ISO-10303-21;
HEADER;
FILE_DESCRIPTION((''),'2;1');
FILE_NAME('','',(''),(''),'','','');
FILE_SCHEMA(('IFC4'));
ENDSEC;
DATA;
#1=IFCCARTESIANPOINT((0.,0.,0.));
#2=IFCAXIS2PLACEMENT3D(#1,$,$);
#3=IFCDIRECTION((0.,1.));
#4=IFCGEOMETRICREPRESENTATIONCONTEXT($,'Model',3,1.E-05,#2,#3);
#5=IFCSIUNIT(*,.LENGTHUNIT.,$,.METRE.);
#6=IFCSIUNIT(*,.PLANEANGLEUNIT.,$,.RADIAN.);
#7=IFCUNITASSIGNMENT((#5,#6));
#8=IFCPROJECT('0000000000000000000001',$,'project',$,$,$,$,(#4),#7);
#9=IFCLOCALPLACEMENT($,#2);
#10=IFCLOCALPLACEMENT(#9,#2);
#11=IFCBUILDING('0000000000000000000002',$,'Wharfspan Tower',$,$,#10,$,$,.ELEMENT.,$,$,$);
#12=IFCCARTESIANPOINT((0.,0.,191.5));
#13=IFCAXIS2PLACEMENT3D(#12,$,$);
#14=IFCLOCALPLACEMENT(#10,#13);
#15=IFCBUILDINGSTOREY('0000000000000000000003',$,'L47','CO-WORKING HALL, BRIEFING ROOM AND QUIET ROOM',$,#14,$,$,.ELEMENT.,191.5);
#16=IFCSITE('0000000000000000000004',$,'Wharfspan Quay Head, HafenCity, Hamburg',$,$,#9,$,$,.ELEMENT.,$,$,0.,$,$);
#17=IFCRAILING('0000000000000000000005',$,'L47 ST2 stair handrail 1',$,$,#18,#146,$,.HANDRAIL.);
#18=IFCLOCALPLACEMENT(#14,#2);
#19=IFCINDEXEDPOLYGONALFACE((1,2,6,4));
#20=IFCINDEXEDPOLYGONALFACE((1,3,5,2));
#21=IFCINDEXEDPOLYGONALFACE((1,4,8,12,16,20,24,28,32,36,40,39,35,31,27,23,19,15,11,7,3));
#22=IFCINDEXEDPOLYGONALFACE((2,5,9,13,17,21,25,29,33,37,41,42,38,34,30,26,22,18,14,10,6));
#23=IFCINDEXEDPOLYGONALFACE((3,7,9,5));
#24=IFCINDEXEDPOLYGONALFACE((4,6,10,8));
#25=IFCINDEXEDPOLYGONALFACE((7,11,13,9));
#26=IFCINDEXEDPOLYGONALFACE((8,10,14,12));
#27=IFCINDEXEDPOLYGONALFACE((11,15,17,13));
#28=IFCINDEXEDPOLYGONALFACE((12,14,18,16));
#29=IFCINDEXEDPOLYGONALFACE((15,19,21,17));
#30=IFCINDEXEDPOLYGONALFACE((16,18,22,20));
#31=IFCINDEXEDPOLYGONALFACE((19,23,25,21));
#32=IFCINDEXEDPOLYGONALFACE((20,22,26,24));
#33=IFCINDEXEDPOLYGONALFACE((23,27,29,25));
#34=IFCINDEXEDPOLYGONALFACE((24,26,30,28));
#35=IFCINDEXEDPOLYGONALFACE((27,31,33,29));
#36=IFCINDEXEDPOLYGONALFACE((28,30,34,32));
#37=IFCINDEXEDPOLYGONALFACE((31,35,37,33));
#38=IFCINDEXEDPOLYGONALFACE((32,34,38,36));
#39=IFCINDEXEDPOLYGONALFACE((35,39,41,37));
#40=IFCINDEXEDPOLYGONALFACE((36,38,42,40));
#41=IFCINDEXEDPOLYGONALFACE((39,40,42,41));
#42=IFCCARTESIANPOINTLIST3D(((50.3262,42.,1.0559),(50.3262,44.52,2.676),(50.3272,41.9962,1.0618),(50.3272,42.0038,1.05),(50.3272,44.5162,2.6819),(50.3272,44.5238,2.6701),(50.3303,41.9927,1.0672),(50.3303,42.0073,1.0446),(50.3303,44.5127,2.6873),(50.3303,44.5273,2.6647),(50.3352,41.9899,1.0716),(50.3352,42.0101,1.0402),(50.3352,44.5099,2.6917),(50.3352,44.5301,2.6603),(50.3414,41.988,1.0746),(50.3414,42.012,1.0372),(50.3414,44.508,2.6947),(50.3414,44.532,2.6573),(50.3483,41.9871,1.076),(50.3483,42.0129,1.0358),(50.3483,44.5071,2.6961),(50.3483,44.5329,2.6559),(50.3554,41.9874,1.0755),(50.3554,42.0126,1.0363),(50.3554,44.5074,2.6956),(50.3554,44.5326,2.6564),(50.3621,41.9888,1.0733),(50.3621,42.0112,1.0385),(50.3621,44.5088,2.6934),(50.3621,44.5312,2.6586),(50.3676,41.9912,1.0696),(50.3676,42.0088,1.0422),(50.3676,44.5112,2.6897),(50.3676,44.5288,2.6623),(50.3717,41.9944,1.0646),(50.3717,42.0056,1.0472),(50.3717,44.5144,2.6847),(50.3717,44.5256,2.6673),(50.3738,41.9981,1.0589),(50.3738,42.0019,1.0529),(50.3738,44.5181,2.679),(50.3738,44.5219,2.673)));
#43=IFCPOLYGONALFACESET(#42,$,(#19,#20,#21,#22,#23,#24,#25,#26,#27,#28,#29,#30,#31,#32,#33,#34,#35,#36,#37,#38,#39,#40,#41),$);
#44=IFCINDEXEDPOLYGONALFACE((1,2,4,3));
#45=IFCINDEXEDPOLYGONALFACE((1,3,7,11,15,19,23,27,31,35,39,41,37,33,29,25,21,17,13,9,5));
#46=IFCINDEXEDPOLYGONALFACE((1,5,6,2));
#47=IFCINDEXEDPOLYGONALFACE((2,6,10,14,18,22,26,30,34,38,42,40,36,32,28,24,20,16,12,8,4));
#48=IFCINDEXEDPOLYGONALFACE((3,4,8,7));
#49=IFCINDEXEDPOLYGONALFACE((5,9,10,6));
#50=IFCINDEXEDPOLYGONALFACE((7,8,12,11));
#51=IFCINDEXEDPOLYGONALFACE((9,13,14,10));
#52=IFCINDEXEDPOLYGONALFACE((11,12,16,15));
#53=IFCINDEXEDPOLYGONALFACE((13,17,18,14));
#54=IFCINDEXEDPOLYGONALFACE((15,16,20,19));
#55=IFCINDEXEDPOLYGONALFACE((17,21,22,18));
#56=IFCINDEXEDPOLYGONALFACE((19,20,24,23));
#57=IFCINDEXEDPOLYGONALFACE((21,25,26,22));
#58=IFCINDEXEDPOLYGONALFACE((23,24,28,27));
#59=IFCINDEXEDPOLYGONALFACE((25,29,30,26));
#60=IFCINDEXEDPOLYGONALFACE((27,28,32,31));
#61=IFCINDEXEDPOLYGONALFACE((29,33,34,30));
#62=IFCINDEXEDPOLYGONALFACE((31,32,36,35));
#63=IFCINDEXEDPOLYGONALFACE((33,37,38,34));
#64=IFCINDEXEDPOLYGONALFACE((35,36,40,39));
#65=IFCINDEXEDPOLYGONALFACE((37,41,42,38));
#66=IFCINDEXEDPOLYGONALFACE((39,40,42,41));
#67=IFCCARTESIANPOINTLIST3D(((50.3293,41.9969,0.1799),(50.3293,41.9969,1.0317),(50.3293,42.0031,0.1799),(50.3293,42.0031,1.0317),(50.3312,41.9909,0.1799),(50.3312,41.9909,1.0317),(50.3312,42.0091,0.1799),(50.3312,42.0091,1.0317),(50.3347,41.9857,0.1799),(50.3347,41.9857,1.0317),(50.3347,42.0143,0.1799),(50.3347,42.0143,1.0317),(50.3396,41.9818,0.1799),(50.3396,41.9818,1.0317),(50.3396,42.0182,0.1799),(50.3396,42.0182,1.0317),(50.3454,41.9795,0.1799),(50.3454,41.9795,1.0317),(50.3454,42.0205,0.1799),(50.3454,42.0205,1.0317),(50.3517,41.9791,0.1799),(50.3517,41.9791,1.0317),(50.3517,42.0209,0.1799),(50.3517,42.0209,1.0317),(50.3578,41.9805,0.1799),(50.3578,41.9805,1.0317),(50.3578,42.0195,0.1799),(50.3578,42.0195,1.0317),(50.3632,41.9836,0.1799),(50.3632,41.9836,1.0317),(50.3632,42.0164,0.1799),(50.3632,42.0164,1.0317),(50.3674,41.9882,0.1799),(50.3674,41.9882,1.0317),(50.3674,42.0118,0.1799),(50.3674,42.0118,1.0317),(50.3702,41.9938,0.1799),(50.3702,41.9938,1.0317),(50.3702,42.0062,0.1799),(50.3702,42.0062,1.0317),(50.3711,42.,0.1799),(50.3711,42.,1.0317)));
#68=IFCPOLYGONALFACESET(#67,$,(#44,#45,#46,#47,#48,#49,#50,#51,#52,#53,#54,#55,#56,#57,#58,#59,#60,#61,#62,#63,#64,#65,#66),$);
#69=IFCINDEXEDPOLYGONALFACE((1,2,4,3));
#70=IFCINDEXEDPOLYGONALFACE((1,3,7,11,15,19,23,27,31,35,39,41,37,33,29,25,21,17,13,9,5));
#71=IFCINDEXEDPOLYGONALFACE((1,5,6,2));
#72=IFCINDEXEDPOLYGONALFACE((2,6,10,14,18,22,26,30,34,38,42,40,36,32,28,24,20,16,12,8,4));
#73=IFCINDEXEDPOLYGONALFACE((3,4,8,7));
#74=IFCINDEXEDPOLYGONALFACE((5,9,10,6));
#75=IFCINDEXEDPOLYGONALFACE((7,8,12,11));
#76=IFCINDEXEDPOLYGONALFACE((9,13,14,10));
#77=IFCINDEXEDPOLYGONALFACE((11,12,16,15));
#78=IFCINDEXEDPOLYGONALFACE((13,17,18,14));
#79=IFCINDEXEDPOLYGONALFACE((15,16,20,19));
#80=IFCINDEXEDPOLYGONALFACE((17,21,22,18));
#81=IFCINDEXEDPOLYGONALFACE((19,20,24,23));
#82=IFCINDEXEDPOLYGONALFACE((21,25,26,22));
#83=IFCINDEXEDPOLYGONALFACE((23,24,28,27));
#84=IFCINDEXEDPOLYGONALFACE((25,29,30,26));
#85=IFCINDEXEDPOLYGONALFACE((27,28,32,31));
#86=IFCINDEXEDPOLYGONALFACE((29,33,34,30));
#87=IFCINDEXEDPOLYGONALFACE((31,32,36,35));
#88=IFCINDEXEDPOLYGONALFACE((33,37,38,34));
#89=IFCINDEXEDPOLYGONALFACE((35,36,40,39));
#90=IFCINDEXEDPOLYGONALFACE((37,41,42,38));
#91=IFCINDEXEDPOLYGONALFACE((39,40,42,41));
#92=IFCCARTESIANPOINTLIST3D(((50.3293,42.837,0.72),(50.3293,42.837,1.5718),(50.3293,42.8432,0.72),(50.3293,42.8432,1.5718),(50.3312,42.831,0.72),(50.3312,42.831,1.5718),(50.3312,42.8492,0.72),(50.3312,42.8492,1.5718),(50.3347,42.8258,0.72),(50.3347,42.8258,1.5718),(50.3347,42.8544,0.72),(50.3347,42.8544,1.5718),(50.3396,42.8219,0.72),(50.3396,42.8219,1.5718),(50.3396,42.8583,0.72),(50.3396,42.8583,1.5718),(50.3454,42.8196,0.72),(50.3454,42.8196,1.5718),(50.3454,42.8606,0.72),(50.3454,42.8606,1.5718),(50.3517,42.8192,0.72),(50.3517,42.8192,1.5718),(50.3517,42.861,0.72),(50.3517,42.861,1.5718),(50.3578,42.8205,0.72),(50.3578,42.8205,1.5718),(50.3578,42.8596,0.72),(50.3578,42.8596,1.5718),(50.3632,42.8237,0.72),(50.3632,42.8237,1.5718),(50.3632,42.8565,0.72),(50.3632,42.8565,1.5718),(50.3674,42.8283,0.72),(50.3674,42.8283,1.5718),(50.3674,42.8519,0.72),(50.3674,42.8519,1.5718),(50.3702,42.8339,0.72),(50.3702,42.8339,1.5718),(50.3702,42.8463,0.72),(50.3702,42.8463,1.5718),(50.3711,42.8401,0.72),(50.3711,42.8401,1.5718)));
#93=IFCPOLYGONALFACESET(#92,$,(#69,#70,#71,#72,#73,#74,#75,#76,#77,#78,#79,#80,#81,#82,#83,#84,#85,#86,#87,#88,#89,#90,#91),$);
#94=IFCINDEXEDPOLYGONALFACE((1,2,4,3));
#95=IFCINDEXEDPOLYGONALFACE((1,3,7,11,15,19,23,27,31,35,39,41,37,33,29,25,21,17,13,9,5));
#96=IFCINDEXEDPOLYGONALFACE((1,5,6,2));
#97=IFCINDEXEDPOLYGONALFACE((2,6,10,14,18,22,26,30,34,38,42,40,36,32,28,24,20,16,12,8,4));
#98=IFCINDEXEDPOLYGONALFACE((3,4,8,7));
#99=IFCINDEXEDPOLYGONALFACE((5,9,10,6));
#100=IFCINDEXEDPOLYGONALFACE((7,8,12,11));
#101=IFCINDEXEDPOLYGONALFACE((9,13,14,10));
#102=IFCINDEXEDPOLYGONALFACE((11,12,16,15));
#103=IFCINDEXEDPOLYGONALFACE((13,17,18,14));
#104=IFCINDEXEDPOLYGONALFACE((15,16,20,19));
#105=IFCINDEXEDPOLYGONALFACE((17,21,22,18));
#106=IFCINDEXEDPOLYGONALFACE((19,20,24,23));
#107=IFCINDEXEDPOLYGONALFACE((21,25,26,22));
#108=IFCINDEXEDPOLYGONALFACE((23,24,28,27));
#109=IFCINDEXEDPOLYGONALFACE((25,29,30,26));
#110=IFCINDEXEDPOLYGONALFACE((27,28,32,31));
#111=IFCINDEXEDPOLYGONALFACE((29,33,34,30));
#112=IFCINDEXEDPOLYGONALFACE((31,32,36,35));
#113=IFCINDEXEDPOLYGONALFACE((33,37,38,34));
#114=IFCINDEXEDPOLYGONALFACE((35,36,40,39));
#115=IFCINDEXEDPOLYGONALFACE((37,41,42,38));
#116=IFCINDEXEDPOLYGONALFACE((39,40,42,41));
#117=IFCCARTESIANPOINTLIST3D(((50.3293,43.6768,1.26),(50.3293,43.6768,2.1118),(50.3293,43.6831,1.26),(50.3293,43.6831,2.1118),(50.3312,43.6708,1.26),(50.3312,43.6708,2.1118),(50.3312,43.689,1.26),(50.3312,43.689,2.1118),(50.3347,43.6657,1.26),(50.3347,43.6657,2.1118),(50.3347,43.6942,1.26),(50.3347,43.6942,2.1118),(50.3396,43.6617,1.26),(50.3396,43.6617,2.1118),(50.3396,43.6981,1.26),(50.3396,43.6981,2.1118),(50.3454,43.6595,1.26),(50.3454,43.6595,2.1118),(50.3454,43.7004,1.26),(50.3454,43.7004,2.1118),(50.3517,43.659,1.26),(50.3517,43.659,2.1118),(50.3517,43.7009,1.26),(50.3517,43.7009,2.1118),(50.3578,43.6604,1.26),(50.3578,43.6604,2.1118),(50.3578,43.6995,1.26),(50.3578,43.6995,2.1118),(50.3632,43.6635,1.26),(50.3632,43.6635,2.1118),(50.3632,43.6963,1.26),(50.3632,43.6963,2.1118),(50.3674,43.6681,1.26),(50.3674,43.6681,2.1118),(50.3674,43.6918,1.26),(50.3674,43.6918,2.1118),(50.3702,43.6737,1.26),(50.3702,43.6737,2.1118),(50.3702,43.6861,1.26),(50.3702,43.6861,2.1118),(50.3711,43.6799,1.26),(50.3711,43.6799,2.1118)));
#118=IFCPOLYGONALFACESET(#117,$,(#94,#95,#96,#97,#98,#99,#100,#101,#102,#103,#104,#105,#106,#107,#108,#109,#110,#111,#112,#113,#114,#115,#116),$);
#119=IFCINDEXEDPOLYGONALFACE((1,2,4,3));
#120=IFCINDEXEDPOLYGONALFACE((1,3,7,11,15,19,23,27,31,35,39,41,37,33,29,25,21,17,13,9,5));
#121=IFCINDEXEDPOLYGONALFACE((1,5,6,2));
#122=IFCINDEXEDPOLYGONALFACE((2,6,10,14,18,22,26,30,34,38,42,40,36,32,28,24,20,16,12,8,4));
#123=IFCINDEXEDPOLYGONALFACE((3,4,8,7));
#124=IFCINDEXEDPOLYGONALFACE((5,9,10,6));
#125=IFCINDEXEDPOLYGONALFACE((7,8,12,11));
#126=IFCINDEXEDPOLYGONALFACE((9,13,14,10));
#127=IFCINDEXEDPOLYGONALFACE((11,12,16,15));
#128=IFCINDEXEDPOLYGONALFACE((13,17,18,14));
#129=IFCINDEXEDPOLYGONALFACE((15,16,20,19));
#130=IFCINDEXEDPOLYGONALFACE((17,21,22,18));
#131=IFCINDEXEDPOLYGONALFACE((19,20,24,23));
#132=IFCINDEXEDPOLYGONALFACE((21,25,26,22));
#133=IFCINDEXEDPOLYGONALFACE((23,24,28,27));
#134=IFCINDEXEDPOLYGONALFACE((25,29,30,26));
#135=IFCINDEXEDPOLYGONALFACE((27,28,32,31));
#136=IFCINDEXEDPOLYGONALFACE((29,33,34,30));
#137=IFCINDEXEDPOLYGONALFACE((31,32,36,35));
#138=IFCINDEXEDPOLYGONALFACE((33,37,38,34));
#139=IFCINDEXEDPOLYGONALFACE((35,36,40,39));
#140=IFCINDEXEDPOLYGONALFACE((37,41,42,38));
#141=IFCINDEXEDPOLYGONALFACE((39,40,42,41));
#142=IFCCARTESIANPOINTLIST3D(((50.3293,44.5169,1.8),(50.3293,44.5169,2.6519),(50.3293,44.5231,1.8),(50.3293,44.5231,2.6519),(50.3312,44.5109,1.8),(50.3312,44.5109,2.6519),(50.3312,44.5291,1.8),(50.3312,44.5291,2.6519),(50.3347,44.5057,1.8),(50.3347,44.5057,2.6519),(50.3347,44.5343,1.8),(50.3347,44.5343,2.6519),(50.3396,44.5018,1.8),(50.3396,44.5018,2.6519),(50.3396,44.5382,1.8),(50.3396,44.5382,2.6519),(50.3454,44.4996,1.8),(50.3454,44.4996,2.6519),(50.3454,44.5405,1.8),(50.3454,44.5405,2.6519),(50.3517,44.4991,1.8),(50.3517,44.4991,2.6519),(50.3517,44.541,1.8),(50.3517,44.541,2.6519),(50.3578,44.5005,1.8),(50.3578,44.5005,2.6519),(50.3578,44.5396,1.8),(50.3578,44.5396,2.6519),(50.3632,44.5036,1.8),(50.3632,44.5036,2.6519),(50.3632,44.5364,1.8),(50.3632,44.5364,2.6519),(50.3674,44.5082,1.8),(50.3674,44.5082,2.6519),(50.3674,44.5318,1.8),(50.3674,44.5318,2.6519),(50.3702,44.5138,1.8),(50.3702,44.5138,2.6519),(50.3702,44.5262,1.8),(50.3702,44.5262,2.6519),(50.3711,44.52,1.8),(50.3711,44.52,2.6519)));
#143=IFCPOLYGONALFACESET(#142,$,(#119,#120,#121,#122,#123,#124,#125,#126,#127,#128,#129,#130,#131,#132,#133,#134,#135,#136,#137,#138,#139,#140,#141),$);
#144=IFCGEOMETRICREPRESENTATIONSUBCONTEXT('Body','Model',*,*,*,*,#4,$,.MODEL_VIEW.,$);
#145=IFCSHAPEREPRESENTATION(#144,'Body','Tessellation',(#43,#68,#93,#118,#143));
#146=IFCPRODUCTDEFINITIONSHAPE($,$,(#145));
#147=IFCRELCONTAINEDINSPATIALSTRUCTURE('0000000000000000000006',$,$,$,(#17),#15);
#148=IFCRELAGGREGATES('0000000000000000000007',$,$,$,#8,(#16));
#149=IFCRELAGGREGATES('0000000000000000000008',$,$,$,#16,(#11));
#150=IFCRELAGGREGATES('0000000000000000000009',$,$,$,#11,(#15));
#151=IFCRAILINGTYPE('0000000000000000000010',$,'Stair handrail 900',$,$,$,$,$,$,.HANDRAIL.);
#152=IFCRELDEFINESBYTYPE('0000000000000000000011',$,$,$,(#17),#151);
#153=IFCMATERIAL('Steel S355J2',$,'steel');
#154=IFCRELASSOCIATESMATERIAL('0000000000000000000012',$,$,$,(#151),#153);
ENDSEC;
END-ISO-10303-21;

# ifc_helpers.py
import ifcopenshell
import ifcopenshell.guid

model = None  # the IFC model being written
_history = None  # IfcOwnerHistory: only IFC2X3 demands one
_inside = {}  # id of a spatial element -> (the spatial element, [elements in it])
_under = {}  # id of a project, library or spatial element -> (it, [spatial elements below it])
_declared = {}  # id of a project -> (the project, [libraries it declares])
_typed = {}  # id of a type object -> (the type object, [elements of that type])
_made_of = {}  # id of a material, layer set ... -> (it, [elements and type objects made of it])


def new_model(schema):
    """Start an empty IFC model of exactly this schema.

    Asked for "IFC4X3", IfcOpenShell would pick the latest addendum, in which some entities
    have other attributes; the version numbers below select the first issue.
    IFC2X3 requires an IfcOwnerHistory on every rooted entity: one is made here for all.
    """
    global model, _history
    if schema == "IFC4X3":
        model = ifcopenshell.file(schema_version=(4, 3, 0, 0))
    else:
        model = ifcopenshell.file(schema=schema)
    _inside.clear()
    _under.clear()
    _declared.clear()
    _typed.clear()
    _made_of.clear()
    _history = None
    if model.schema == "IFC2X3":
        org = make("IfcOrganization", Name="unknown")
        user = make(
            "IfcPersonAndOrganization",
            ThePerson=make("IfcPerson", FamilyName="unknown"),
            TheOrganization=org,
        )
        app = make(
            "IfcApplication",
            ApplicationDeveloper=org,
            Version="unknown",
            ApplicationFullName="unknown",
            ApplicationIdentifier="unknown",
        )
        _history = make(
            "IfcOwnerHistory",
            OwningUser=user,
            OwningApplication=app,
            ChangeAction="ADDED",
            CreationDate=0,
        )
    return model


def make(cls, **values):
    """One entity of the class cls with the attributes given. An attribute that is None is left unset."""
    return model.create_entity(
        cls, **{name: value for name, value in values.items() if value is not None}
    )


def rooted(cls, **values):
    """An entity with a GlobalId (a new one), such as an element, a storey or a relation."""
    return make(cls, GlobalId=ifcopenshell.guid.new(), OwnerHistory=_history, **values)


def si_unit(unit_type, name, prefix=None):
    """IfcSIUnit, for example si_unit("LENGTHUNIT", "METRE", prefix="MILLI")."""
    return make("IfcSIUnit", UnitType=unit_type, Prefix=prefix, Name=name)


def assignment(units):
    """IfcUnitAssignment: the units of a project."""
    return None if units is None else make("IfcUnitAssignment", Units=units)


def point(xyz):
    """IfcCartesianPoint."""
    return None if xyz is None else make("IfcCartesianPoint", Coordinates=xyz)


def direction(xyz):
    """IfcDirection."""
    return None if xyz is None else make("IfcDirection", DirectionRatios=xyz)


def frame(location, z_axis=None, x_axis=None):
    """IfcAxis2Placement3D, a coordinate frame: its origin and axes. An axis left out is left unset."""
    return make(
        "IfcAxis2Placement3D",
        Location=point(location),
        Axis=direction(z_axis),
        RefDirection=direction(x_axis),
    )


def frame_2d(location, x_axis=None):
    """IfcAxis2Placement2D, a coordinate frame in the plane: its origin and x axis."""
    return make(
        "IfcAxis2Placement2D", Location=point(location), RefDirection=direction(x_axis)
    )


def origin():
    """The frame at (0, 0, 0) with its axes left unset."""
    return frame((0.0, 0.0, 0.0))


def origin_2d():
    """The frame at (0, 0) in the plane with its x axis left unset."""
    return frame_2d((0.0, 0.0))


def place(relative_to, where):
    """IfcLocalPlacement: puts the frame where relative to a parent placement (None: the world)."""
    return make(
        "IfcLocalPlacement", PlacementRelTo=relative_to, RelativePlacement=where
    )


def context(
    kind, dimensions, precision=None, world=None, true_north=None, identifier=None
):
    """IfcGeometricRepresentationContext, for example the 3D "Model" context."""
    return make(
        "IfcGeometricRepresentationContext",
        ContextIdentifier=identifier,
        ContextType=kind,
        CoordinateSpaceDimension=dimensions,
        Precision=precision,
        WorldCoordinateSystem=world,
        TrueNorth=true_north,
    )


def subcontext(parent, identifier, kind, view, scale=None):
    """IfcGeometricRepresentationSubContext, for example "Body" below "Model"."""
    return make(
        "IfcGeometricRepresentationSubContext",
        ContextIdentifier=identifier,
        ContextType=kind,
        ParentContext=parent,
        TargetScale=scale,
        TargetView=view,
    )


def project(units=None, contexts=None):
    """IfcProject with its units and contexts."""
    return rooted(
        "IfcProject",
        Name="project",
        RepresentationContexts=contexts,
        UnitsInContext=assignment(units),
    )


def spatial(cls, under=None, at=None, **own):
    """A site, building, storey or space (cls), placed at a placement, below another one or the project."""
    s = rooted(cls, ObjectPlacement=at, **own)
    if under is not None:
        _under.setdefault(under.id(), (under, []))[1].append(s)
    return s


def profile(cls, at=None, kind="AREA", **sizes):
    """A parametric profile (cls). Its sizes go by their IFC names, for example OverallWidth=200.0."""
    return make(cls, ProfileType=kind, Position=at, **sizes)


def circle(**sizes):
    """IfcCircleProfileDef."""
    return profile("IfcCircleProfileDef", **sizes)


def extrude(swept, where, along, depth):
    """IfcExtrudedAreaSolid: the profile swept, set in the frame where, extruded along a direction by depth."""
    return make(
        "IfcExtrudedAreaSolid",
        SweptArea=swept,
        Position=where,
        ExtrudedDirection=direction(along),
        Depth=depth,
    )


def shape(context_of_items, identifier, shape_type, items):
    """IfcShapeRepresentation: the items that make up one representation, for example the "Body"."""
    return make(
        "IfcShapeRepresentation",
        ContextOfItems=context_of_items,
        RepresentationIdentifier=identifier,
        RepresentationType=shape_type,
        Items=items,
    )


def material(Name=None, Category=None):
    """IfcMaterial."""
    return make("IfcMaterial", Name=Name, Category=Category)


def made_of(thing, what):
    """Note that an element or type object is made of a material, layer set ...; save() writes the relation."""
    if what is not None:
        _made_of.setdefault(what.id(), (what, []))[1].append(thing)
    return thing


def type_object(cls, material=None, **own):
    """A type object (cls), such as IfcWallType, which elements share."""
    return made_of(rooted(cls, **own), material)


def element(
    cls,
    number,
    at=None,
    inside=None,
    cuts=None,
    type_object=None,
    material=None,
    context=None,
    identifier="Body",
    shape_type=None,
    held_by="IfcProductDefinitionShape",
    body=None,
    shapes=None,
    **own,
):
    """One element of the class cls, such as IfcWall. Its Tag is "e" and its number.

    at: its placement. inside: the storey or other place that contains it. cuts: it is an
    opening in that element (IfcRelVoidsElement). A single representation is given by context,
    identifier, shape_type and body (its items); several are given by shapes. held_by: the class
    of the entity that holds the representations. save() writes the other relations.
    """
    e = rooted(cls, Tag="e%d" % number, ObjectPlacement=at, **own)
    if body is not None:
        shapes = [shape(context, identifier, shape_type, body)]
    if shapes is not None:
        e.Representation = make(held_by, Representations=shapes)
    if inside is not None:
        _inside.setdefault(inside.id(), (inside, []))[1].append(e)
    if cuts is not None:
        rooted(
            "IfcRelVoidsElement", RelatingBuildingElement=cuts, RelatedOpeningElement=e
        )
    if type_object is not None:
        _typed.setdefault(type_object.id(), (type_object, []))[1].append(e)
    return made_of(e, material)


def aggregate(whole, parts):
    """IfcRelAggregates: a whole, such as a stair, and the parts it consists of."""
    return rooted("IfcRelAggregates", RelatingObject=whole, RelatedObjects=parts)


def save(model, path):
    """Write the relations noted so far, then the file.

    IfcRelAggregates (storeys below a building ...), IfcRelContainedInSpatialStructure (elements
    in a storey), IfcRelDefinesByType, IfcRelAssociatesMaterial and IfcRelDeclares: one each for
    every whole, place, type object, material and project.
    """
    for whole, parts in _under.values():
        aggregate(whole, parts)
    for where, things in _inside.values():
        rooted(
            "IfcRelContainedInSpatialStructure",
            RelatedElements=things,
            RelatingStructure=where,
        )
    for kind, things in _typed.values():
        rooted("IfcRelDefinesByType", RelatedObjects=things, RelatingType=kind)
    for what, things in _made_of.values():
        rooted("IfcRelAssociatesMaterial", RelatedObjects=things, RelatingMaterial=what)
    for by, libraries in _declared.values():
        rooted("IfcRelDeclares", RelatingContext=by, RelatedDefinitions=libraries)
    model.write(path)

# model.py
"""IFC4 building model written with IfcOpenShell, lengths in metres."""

from ifc_helpers import new_model, si_unit, direction, frame, origin, origin_2d, place, context, subcontext, project, spatial, circle, extrude, material, type_object, element, save


model = new_model("IFC4")

# Units and contexts
model_context = context("Model", 3, precision=1e-05, world=origin(), true_north=direction((0.0, 1.0)))
body_context = subcontext(model_context, "Body", "Model", "MODEL_VIEW")
ifc_project = project(units=[si_unit("LENGTHUNIT", "METRE"), si_unit("PLANEANGLEUNIT", "RADIAN")], contexts=[model_context])

# Site, building, storey
site_placement = place(None, origin())
site = spatial("IfcSite", under=ifc_project, at=site_placement, Name="Wharfspan Quay Head, HafenCity, Hamburg", CompositionType="ELEMENT", RefElevation=0.0)
building_placement = place(site_placement, origin())
building = spatial("IfcBuilding", under=site, at=building_placement, Name="Wharfspan Tower", CompositionType="ELEMENT")
storey_placement = place(building_placement, frame((0.0, 0.0, 191.5)))
storey = spatial("IfcBuildingStorey", under=building, at=storey_placement, Name="L47", Description="CO-WORKING HALL, BRIEFING ROOM AND QUIET ROOM", CompositionType="ELEMENT", Elevation=191.5)

# Shared definitions
ifc_material_1 = material(Name="Steel S355J2", Category="steel")

# Railing
railing_type_1 = type_object("IfcRailingType", Name="Stair handrail 900", PredefinedType="HANDRAIL", material=ifc_material_1)
railing_1_placement = place(storey_placement, frame((50.3501, 42.0, 0.1799)))
element("IfcRailing", 1, at=railing_1_placement, inside=storey, type_object=railing_type_1, Name="L47 ST2 stair handrail 1", PredefinedType="HANDRAIL", context=body_context, shape_type="SweptSolid", body=[
    extrude(circle(Radius=0.0239, at=origin_2d()), frame((0.0, 0.0, 0.876), z_axis=(0.0, 0.841163, 0.540782), x_axis=(-1.0, 0.0, 0.0)), (0.0, 0.0, 1.0), 2.9958),
    extrude(circle(Radius=0.021, at=origin_2d()), origin(), (0.0, 0.0, 1.0), 0.8518),
    extrude(circle(Radius=0.021, at=origin_2d()), frame((0.0, 0.8401, 0.54)), (0.0, 0.0, 1.0), 0.8518),
    extrude(circle(Radius=0.021, at=origin_2d()), frame((0.0, 1.6799, 1.0801)), (0.0, 0.0, 1.0), 0.8518),
    extrude(circle(Radius=0.021, at=origin_2d()), frame((0.0, 2.52, 1.6201)), (0.0, 0.0, 1.0), 0.8518),
])

save(model, "model.ifc")
